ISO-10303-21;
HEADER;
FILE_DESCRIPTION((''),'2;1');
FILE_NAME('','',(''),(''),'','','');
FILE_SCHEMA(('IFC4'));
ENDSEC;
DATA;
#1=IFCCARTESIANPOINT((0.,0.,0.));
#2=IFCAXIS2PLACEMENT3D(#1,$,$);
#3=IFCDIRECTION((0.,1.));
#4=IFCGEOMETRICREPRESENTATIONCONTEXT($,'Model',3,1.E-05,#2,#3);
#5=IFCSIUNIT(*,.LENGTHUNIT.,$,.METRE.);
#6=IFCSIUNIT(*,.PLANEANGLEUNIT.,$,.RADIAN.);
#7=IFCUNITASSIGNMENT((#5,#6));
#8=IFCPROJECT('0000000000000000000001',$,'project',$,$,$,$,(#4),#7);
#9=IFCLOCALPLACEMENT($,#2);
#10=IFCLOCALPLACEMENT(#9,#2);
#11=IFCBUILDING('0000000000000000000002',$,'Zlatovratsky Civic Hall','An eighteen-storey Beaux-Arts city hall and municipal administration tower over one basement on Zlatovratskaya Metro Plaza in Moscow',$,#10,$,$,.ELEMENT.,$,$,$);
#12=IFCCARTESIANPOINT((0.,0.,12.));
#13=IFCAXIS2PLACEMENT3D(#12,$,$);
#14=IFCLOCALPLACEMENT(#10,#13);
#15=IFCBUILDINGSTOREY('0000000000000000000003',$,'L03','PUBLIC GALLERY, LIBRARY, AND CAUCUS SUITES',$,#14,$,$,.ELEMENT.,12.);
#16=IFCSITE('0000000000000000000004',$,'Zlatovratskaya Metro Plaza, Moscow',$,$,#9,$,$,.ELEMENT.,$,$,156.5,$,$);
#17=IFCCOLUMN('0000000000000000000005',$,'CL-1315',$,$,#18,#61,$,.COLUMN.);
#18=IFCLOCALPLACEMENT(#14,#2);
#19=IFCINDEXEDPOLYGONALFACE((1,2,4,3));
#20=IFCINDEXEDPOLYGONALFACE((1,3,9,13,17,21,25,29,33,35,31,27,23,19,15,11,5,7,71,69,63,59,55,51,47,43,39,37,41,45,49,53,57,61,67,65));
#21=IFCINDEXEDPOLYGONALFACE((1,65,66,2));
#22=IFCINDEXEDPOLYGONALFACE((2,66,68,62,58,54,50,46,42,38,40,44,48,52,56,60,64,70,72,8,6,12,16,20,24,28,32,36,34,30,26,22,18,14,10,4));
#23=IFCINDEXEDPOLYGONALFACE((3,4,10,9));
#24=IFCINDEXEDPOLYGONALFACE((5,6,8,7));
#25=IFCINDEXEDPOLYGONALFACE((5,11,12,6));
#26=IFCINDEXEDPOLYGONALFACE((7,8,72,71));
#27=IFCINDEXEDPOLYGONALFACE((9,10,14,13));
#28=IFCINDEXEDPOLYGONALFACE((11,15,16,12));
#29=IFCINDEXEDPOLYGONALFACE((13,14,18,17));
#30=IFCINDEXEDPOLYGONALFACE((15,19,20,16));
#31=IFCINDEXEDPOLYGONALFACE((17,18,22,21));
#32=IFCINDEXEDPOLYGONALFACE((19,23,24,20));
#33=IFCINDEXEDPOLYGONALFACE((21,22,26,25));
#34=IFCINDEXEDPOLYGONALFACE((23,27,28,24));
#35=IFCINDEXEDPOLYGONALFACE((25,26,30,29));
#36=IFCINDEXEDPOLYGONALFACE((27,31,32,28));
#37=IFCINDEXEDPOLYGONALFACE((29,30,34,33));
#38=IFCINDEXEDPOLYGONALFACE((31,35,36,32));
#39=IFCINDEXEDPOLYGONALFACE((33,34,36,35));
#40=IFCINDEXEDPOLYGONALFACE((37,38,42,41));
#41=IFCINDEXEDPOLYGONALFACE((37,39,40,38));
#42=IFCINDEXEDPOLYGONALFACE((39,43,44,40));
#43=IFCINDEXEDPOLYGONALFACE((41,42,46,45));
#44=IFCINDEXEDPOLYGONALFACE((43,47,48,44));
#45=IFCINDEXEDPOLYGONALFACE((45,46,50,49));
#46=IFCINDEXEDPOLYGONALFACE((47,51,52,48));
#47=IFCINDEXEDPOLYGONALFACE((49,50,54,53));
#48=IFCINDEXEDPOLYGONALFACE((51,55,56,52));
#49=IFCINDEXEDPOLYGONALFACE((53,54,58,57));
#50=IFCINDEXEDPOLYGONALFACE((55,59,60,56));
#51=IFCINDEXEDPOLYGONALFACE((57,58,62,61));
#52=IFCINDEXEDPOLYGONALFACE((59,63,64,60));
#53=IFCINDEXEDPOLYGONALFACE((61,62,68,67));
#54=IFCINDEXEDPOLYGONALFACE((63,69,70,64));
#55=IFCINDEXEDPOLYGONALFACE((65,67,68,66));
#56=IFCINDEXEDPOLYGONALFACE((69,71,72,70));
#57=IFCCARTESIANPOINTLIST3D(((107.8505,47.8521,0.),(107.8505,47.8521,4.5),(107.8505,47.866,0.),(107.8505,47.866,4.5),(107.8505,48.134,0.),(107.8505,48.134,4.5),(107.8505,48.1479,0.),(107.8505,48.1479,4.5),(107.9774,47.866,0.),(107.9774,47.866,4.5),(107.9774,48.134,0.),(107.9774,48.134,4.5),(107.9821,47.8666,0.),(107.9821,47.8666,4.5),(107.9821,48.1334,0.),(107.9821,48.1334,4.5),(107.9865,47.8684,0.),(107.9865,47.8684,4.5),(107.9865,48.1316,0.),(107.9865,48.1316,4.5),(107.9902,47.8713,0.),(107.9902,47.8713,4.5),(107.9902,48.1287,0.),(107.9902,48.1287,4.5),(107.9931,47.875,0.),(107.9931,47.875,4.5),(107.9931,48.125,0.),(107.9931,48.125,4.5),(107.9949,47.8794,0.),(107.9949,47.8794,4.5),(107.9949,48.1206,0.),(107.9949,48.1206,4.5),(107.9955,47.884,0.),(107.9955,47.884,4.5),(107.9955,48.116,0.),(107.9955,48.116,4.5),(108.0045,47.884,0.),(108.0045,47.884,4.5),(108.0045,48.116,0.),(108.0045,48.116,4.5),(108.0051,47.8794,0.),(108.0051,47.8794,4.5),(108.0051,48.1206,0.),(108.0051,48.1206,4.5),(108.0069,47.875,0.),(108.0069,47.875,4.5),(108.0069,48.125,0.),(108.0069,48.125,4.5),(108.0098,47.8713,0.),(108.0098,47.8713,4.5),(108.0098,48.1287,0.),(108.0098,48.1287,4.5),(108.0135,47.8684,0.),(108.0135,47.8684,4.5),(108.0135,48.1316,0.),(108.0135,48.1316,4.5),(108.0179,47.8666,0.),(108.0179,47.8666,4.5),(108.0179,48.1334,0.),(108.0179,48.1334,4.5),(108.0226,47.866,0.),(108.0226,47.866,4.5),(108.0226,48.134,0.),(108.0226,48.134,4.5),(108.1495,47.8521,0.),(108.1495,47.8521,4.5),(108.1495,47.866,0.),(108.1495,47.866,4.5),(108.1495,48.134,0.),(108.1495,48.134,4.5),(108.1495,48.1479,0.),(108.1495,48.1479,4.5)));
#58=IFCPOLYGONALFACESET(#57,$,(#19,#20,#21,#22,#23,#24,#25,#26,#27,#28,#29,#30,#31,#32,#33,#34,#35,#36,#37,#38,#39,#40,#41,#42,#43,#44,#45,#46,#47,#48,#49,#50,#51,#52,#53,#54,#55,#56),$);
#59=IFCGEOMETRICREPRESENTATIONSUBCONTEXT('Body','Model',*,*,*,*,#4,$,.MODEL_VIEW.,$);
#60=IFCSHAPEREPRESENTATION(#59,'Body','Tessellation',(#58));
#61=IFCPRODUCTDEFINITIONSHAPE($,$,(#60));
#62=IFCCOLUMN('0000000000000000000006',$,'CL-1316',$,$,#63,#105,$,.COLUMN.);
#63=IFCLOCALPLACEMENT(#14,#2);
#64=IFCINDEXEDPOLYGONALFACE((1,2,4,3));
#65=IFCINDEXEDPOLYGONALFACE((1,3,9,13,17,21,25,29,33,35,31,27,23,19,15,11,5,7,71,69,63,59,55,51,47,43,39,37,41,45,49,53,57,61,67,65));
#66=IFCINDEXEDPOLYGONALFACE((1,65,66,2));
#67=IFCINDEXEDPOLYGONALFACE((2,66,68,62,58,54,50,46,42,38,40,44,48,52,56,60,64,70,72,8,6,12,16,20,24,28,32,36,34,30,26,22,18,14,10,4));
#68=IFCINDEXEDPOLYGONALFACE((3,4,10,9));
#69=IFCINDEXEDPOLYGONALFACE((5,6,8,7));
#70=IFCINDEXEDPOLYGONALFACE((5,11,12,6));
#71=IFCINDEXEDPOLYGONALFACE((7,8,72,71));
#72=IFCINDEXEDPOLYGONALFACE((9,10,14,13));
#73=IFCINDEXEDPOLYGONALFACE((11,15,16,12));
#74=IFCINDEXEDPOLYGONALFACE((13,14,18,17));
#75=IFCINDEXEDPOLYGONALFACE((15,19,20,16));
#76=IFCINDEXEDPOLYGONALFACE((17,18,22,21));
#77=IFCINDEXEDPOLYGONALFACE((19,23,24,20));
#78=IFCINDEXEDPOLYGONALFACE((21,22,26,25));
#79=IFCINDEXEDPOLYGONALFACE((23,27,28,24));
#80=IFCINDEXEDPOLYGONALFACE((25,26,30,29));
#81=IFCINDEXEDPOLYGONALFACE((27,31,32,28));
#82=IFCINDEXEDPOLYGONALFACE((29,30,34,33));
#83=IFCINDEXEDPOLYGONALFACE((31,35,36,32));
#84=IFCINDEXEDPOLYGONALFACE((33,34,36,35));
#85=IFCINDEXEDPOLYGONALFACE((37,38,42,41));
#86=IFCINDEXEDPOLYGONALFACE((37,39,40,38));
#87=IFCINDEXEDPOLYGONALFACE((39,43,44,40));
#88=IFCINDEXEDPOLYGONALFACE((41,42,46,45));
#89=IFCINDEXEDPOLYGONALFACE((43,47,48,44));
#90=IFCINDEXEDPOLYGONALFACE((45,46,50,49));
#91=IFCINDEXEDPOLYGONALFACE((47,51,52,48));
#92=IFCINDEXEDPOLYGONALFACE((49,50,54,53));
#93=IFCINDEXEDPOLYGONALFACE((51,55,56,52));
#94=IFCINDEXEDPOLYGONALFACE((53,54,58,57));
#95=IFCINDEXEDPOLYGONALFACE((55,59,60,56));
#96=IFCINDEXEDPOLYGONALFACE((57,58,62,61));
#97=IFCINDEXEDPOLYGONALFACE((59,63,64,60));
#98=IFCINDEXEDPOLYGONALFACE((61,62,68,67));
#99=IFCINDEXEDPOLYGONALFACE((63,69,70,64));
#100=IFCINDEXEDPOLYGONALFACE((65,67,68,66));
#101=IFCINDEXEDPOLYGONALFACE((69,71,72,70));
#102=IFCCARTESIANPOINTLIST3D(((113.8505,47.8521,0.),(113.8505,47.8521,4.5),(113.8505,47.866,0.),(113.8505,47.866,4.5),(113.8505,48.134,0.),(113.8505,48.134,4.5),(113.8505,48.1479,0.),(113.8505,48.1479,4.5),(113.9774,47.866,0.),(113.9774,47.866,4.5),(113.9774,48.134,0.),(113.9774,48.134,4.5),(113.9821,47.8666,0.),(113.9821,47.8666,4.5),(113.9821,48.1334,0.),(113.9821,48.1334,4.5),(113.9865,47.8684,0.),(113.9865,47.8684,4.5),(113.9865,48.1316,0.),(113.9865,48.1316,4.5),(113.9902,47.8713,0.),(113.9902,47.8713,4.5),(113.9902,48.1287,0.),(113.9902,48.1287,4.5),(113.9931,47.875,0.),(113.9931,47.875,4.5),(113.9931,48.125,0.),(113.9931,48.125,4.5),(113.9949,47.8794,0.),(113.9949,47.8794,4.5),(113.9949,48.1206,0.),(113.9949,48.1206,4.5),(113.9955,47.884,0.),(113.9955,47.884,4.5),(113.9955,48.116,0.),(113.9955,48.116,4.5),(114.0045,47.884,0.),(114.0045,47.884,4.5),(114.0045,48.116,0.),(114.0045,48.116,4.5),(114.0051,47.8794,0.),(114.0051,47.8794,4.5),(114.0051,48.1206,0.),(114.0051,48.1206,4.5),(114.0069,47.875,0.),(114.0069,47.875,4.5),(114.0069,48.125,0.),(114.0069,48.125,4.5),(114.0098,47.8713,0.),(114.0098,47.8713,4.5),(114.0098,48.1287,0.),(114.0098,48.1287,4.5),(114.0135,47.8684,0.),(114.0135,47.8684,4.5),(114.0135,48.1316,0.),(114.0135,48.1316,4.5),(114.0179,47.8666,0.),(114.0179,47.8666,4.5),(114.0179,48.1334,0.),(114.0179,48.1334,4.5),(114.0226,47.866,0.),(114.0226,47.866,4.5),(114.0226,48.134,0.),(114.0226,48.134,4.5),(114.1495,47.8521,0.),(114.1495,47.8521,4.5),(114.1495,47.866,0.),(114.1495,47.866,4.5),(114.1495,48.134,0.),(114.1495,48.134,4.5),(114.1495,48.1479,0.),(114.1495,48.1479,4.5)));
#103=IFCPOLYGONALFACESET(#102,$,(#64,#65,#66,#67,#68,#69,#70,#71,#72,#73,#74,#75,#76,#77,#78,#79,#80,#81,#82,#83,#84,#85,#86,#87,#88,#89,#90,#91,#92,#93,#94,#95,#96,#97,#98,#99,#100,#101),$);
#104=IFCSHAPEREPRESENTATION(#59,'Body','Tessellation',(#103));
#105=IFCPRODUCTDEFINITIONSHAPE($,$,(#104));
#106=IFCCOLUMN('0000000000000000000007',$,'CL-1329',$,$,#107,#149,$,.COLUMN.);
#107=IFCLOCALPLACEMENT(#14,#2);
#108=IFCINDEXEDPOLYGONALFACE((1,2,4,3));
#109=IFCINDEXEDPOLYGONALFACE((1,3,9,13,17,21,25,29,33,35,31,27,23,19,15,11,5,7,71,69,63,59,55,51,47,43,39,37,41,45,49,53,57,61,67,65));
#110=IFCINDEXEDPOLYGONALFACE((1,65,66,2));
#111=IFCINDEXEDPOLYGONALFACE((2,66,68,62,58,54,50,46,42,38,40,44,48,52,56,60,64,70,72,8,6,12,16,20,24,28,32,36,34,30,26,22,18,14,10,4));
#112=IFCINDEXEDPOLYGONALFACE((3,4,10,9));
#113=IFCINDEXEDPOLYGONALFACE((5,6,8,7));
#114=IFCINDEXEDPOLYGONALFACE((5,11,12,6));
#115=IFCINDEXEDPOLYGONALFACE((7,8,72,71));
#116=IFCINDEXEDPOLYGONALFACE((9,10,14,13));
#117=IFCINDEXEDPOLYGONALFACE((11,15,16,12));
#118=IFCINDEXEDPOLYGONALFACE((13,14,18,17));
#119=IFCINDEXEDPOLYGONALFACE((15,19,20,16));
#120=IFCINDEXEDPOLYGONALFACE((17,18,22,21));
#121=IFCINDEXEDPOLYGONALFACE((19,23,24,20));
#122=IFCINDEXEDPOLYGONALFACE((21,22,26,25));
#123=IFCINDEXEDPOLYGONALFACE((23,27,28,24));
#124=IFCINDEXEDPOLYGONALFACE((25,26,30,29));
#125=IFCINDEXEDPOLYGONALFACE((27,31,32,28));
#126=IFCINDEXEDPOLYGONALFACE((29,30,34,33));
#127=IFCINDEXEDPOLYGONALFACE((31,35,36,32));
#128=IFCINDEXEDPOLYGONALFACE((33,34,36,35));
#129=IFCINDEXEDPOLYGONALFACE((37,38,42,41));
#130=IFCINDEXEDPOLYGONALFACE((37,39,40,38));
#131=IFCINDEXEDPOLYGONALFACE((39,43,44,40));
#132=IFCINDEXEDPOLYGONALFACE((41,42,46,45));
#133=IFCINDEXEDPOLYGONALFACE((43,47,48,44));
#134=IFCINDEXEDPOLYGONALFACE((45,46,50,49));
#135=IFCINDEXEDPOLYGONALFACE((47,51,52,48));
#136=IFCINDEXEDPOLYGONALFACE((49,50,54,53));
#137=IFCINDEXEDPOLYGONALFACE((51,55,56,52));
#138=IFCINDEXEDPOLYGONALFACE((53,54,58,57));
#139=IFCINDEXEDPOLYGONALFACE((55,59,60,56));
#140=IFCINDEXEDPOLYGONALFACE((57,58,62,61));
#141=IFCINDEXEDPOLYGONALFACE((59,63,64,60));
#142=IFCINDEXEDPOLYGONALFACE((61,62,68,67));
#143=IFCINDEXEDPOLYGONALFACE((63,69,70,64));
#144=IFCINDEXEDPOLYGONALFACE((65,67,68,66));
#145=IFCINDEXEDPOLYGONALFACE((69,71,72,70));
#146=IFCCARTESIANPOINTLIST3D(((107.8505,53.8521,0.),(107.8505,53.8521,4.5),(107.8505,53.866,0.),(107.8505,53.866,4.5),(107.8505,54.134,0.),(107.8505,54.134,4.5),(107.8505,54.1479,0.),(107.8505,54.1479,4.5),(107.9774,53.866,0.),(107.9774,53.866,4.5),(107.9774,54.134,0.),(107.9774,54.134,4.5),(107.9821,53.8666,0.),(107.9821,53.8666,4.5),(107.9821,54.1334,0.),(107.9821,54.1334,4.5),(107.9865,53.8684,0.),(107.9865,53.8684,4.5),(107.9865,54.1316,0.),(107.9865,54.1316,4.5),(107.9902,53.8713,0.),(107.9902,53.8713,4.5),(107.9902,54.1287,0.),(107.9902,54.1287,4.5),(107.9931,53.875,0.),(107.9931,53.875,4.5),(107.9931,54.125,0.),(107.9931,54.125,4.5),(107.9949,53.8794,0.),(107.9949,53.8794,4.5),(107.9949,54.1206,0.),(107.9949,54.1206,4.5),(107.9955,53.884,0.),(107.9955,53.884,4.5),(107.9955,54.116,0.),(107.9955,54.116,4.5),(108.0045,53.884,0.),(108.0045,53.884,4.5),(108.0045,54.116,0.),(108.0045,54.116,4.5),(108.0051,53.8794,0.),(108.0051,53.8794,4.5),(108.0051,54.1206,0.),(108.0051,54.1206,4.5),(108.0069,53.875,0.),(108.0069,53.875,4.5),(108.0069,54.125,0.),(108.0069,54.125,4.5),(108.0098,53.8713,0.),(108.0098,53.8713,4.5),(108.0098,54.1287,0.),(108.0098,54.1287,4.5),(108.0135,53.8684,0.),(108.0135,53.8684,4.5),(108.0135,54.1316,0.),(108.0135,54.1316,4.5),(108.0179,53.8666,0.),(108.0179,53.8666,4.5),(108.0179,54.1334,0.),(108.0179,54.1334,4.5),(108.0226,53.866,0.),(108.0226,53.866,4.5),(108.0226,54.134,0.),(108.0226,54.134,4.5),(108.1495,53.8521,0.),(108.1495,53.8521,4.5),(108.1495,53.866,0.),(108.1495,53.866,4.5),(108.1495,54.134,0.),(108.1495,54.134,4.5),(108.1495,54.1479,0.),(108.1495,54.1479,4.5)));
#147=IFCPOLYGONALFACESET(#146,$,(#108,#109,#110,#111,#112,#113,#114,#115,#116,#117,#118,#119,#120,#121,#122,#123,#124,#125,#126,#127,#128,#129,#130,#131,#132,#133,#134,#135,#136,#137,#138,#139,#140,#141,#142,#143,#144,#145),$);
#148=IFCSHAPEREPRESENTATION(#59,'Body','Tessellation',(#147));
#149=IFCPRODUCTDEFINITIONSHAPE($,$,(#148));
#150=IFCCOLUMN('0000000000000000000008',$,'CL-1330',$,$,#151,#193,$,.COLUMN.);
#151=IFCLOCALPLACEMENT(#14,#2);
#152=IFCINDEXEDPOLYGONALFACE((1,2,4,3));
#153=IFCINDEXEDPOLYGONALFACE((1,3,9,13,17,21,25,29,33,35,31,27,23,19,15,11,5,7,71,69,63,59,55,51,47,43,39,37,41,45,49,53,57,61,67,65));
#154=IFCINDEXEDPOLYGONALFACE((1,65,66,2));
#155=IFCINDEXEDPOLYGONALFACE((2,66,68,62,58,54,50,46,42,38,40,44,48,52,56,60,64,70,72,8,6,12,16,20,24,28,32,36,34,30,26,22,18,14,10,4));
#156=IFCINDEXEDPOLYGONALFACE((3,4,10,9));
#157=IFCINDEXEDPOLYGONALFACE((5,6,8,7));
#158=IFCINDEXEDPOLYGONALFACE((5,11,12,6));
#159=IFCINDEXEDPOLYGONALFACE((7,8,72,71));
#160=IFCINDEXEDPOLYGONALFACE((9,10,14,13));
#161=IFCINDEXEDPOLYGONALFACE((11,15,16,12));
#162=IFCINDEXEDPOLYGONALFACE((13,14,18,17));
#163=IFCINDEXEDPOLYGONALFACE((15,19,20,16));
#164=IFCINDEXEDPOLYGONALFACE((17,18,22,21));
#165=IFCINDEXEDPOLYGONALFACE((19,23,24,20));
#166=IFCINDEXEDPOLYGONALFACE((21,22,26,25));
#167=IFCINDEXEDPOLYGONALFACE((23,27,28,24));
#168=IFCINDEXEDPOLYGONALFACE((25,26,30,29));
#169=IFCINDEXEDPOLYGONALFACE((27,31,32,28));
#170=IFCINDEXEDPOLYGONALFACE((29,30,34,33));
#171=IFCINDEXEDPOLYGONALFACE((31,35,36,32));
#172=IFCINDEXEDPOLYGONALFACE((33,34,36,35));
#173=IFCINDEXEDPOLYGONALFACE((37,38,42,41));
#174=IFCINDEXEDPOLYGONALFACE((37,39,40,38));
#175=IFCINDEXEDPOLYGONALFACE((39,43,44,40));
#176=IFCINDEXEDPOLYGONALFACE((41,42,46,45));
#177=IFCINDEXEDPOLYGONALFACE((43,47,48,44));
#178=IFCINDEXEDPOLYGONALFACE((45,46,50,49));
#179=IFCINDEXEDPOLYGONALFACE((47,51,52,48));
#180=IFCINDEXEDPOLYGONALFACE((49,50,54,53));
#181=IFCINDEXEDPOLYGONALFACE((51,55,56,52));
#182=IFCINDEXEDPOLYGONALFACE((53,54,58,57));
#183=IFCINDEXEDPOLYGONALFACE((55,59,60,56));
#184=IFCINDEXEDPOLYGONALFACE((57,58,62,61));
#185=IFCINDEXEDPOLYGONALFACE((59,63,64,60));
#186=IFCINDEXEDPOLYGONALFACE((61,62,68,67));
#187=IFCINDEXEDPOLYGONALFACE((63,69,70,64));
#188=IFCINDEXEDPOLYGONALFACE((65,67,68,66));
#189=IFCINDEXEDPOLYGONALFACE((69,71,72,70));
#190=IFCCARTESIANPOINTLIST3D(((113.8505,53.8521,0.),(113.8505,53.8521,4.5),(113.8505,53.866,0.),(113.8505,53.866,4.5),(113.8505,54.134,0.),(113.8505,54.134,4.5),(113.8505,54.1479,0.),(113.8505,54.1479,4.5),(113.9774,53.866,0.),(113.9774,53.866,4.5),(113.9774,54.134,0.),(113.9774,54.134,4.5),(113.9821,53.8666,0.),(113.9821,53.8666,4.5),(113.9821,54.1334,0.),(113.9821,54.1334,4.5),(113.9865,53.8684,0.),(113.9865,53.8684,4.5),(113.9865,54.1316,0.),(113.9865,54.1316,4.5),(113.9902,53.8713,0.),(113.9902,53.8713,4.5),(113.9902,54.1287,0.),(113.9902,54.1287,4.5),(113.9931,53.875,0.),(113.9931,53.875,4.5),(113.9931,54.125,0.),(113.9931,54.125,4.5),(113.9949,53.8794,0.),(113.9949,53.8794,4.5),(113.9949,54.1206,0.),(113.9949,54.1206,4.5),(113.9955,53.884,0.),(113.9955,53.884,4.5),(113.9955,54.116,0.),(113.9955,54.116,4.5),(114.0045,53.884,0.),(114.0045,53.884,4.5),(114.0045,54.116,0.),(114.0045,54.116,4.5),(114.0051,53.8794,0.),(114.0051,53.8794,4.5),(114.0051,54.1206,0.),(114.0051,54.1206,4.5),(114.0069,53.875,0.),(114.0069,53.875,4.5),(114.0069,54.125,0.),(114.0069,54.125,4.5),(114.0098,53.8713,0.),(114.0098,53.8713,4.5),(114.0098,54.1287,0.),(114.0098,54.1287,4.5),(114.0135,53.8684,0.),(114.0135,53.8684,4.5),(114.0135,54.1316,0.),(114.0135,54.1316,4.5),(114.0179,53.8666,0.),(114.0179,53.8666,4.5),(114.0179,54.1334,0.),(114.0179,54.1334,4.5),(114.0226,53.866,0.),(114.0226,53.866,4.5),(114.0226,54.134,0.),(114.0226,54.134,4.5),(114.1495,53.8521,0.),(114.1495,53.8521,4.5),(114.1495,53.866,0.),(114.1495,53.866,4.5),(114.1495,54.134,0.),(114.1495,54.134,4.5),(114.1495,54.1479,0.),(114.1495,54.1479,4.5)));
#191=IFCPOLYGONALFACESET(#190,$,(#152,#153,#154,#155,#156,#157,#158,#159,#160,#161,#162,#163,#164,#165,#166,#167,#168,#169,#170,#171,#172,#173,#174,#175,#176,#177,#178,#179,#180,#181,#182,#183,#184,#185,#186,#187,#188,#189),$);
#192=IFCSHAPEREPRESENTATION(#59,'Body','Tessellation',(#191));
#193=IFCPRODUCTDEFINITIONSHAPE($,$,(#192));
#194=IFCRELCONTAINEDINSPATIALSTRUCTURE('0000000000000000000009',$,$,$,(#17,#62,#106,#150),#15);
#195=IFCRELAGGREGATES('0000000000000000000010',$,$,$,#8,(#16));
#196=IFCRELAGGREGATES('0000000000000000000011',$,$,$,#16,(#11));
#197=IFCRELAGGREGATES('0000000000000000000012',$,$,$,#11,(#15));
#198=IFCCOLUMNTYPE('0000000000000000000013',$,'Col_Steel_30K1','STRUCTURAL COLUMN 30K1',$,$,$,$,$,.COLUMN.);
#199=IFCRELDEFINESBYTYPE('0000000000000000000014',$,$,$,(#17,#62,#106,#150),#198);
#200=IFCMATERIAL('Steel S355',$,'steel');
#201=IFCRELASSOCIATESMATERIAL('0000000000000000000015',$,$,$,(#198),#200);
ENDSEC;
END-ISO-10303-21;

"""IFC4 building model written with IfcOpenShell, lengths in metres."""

from ifc_helpers import new_model, si_unit, direction, frame, origin, origin_2d, place, context, subcontext, project, spatial, i_section, extrude, material, material_profile, profile_set, type_object, element, save


model = new_model("IFC4")

# Units and contexts
model_context = context("Model", 3, precision=1e-05, world=origin(), true_north=direction((0.0, 1.0)))
body_context = subcontext(model_context, "Body", "Model", "MODEL_VIEW")
ifc_project = project(units=[si_unit("LENGTHUNIT", "METRE"), si_unit("PLANEANGLEUNIT", "RADIAN")], contexts=[model_context])

# Site, building, storey
site_placement = place(None, origin())
site = spatial("IfcSite", under=ifc_project, at=site_placement, Name="Zlatovratskaya Metro Plaza, Moscow", CompositionType="ELEMENT", RefElevation=156.5)
building_placement = place(site_placement, origin())
building = spatial("IfcBuilding", under=site, at=building_placement, Name="Zlatovratsky Civic Hall", Description="An eighteen-storey Beaux-Arts city hall and municipal administration tower over one basement on Zlatovratskaya Metro Plaza in Moscow", CompositionType="ELEMENT")
storey_placement = place(building_placement, frame((0.0, 0.0, 12.0)))
storey = spatial("IfcBuildingStorey", under=building, at=storey_placement, Name="L03", Description="PUBLIC GALLERY, LIBRARY, AND CAUCUS SUITES", CompositionType="ELEMENT", Elevation=12.0)

# Columns
ifc_material_1 = material(Name="Steel S355", Category="steel")
ifc_material_profile_1 = material_profile(ifc_material_1, i_section(OverallWidth=0.2991, OverallDepth=0.2959, WebThickness=0.009, FlangeThickness=0.0139, FilletRadius=0.0181, at=origin_2d()), Name="30K1")
ifc_profile_set_1 = profile_set([ifc_material_profile_1], Name="Steel S355")
column_type = type_object("IfcColumnType", Name="Col_Steel_30K1", Description="STRUCTURAL COLUMN 30K1", PredefinedType="COLUMN", material=ifc_profile_set_1)
for number, where, z_axis, x_axis, name in (
    (1, (108.0, 48.0, 0.0), (0.0, 0.0, 1.0), (1.0, 0.0, 0.0), "CL-1315"),
    (2, (114.0, 48.0, 0.0), (0.0, 0.0, 1.0), (1.0, 0.0, 0.0), "CL-1316"),
    (3, (108.0, 54.0, 0.0), (0.0, 0.0, 1.0), (1.0, 0.0, 0.0), "CL-1329"),
    (4, (114.0, 54.0, 0.0), (0.0, 0.0, 1.0), (1.0, 0.0, 0.0), "CL-1330"),
):
    element("IfcColumn", number, at=place(storey_placement, frame(where, z_axis=z_axis, x_axis=x_axis)), inside=storey, type_object=column_type, Name=name, PredefinedType="COLUMN", context=body_context, shape_type="SweptSolid", body=[
        extrude(i_section(OverallWidth=0.2991, OverallDepth=0.2959, WebThickness=0.009, FlangeThickness=0.0139, FilletRadius=0.0181, at=origin_2d()), origin(), (0.0, 0.0, 1.0), 4.5),
    ])

save(model, "model.ifc")
